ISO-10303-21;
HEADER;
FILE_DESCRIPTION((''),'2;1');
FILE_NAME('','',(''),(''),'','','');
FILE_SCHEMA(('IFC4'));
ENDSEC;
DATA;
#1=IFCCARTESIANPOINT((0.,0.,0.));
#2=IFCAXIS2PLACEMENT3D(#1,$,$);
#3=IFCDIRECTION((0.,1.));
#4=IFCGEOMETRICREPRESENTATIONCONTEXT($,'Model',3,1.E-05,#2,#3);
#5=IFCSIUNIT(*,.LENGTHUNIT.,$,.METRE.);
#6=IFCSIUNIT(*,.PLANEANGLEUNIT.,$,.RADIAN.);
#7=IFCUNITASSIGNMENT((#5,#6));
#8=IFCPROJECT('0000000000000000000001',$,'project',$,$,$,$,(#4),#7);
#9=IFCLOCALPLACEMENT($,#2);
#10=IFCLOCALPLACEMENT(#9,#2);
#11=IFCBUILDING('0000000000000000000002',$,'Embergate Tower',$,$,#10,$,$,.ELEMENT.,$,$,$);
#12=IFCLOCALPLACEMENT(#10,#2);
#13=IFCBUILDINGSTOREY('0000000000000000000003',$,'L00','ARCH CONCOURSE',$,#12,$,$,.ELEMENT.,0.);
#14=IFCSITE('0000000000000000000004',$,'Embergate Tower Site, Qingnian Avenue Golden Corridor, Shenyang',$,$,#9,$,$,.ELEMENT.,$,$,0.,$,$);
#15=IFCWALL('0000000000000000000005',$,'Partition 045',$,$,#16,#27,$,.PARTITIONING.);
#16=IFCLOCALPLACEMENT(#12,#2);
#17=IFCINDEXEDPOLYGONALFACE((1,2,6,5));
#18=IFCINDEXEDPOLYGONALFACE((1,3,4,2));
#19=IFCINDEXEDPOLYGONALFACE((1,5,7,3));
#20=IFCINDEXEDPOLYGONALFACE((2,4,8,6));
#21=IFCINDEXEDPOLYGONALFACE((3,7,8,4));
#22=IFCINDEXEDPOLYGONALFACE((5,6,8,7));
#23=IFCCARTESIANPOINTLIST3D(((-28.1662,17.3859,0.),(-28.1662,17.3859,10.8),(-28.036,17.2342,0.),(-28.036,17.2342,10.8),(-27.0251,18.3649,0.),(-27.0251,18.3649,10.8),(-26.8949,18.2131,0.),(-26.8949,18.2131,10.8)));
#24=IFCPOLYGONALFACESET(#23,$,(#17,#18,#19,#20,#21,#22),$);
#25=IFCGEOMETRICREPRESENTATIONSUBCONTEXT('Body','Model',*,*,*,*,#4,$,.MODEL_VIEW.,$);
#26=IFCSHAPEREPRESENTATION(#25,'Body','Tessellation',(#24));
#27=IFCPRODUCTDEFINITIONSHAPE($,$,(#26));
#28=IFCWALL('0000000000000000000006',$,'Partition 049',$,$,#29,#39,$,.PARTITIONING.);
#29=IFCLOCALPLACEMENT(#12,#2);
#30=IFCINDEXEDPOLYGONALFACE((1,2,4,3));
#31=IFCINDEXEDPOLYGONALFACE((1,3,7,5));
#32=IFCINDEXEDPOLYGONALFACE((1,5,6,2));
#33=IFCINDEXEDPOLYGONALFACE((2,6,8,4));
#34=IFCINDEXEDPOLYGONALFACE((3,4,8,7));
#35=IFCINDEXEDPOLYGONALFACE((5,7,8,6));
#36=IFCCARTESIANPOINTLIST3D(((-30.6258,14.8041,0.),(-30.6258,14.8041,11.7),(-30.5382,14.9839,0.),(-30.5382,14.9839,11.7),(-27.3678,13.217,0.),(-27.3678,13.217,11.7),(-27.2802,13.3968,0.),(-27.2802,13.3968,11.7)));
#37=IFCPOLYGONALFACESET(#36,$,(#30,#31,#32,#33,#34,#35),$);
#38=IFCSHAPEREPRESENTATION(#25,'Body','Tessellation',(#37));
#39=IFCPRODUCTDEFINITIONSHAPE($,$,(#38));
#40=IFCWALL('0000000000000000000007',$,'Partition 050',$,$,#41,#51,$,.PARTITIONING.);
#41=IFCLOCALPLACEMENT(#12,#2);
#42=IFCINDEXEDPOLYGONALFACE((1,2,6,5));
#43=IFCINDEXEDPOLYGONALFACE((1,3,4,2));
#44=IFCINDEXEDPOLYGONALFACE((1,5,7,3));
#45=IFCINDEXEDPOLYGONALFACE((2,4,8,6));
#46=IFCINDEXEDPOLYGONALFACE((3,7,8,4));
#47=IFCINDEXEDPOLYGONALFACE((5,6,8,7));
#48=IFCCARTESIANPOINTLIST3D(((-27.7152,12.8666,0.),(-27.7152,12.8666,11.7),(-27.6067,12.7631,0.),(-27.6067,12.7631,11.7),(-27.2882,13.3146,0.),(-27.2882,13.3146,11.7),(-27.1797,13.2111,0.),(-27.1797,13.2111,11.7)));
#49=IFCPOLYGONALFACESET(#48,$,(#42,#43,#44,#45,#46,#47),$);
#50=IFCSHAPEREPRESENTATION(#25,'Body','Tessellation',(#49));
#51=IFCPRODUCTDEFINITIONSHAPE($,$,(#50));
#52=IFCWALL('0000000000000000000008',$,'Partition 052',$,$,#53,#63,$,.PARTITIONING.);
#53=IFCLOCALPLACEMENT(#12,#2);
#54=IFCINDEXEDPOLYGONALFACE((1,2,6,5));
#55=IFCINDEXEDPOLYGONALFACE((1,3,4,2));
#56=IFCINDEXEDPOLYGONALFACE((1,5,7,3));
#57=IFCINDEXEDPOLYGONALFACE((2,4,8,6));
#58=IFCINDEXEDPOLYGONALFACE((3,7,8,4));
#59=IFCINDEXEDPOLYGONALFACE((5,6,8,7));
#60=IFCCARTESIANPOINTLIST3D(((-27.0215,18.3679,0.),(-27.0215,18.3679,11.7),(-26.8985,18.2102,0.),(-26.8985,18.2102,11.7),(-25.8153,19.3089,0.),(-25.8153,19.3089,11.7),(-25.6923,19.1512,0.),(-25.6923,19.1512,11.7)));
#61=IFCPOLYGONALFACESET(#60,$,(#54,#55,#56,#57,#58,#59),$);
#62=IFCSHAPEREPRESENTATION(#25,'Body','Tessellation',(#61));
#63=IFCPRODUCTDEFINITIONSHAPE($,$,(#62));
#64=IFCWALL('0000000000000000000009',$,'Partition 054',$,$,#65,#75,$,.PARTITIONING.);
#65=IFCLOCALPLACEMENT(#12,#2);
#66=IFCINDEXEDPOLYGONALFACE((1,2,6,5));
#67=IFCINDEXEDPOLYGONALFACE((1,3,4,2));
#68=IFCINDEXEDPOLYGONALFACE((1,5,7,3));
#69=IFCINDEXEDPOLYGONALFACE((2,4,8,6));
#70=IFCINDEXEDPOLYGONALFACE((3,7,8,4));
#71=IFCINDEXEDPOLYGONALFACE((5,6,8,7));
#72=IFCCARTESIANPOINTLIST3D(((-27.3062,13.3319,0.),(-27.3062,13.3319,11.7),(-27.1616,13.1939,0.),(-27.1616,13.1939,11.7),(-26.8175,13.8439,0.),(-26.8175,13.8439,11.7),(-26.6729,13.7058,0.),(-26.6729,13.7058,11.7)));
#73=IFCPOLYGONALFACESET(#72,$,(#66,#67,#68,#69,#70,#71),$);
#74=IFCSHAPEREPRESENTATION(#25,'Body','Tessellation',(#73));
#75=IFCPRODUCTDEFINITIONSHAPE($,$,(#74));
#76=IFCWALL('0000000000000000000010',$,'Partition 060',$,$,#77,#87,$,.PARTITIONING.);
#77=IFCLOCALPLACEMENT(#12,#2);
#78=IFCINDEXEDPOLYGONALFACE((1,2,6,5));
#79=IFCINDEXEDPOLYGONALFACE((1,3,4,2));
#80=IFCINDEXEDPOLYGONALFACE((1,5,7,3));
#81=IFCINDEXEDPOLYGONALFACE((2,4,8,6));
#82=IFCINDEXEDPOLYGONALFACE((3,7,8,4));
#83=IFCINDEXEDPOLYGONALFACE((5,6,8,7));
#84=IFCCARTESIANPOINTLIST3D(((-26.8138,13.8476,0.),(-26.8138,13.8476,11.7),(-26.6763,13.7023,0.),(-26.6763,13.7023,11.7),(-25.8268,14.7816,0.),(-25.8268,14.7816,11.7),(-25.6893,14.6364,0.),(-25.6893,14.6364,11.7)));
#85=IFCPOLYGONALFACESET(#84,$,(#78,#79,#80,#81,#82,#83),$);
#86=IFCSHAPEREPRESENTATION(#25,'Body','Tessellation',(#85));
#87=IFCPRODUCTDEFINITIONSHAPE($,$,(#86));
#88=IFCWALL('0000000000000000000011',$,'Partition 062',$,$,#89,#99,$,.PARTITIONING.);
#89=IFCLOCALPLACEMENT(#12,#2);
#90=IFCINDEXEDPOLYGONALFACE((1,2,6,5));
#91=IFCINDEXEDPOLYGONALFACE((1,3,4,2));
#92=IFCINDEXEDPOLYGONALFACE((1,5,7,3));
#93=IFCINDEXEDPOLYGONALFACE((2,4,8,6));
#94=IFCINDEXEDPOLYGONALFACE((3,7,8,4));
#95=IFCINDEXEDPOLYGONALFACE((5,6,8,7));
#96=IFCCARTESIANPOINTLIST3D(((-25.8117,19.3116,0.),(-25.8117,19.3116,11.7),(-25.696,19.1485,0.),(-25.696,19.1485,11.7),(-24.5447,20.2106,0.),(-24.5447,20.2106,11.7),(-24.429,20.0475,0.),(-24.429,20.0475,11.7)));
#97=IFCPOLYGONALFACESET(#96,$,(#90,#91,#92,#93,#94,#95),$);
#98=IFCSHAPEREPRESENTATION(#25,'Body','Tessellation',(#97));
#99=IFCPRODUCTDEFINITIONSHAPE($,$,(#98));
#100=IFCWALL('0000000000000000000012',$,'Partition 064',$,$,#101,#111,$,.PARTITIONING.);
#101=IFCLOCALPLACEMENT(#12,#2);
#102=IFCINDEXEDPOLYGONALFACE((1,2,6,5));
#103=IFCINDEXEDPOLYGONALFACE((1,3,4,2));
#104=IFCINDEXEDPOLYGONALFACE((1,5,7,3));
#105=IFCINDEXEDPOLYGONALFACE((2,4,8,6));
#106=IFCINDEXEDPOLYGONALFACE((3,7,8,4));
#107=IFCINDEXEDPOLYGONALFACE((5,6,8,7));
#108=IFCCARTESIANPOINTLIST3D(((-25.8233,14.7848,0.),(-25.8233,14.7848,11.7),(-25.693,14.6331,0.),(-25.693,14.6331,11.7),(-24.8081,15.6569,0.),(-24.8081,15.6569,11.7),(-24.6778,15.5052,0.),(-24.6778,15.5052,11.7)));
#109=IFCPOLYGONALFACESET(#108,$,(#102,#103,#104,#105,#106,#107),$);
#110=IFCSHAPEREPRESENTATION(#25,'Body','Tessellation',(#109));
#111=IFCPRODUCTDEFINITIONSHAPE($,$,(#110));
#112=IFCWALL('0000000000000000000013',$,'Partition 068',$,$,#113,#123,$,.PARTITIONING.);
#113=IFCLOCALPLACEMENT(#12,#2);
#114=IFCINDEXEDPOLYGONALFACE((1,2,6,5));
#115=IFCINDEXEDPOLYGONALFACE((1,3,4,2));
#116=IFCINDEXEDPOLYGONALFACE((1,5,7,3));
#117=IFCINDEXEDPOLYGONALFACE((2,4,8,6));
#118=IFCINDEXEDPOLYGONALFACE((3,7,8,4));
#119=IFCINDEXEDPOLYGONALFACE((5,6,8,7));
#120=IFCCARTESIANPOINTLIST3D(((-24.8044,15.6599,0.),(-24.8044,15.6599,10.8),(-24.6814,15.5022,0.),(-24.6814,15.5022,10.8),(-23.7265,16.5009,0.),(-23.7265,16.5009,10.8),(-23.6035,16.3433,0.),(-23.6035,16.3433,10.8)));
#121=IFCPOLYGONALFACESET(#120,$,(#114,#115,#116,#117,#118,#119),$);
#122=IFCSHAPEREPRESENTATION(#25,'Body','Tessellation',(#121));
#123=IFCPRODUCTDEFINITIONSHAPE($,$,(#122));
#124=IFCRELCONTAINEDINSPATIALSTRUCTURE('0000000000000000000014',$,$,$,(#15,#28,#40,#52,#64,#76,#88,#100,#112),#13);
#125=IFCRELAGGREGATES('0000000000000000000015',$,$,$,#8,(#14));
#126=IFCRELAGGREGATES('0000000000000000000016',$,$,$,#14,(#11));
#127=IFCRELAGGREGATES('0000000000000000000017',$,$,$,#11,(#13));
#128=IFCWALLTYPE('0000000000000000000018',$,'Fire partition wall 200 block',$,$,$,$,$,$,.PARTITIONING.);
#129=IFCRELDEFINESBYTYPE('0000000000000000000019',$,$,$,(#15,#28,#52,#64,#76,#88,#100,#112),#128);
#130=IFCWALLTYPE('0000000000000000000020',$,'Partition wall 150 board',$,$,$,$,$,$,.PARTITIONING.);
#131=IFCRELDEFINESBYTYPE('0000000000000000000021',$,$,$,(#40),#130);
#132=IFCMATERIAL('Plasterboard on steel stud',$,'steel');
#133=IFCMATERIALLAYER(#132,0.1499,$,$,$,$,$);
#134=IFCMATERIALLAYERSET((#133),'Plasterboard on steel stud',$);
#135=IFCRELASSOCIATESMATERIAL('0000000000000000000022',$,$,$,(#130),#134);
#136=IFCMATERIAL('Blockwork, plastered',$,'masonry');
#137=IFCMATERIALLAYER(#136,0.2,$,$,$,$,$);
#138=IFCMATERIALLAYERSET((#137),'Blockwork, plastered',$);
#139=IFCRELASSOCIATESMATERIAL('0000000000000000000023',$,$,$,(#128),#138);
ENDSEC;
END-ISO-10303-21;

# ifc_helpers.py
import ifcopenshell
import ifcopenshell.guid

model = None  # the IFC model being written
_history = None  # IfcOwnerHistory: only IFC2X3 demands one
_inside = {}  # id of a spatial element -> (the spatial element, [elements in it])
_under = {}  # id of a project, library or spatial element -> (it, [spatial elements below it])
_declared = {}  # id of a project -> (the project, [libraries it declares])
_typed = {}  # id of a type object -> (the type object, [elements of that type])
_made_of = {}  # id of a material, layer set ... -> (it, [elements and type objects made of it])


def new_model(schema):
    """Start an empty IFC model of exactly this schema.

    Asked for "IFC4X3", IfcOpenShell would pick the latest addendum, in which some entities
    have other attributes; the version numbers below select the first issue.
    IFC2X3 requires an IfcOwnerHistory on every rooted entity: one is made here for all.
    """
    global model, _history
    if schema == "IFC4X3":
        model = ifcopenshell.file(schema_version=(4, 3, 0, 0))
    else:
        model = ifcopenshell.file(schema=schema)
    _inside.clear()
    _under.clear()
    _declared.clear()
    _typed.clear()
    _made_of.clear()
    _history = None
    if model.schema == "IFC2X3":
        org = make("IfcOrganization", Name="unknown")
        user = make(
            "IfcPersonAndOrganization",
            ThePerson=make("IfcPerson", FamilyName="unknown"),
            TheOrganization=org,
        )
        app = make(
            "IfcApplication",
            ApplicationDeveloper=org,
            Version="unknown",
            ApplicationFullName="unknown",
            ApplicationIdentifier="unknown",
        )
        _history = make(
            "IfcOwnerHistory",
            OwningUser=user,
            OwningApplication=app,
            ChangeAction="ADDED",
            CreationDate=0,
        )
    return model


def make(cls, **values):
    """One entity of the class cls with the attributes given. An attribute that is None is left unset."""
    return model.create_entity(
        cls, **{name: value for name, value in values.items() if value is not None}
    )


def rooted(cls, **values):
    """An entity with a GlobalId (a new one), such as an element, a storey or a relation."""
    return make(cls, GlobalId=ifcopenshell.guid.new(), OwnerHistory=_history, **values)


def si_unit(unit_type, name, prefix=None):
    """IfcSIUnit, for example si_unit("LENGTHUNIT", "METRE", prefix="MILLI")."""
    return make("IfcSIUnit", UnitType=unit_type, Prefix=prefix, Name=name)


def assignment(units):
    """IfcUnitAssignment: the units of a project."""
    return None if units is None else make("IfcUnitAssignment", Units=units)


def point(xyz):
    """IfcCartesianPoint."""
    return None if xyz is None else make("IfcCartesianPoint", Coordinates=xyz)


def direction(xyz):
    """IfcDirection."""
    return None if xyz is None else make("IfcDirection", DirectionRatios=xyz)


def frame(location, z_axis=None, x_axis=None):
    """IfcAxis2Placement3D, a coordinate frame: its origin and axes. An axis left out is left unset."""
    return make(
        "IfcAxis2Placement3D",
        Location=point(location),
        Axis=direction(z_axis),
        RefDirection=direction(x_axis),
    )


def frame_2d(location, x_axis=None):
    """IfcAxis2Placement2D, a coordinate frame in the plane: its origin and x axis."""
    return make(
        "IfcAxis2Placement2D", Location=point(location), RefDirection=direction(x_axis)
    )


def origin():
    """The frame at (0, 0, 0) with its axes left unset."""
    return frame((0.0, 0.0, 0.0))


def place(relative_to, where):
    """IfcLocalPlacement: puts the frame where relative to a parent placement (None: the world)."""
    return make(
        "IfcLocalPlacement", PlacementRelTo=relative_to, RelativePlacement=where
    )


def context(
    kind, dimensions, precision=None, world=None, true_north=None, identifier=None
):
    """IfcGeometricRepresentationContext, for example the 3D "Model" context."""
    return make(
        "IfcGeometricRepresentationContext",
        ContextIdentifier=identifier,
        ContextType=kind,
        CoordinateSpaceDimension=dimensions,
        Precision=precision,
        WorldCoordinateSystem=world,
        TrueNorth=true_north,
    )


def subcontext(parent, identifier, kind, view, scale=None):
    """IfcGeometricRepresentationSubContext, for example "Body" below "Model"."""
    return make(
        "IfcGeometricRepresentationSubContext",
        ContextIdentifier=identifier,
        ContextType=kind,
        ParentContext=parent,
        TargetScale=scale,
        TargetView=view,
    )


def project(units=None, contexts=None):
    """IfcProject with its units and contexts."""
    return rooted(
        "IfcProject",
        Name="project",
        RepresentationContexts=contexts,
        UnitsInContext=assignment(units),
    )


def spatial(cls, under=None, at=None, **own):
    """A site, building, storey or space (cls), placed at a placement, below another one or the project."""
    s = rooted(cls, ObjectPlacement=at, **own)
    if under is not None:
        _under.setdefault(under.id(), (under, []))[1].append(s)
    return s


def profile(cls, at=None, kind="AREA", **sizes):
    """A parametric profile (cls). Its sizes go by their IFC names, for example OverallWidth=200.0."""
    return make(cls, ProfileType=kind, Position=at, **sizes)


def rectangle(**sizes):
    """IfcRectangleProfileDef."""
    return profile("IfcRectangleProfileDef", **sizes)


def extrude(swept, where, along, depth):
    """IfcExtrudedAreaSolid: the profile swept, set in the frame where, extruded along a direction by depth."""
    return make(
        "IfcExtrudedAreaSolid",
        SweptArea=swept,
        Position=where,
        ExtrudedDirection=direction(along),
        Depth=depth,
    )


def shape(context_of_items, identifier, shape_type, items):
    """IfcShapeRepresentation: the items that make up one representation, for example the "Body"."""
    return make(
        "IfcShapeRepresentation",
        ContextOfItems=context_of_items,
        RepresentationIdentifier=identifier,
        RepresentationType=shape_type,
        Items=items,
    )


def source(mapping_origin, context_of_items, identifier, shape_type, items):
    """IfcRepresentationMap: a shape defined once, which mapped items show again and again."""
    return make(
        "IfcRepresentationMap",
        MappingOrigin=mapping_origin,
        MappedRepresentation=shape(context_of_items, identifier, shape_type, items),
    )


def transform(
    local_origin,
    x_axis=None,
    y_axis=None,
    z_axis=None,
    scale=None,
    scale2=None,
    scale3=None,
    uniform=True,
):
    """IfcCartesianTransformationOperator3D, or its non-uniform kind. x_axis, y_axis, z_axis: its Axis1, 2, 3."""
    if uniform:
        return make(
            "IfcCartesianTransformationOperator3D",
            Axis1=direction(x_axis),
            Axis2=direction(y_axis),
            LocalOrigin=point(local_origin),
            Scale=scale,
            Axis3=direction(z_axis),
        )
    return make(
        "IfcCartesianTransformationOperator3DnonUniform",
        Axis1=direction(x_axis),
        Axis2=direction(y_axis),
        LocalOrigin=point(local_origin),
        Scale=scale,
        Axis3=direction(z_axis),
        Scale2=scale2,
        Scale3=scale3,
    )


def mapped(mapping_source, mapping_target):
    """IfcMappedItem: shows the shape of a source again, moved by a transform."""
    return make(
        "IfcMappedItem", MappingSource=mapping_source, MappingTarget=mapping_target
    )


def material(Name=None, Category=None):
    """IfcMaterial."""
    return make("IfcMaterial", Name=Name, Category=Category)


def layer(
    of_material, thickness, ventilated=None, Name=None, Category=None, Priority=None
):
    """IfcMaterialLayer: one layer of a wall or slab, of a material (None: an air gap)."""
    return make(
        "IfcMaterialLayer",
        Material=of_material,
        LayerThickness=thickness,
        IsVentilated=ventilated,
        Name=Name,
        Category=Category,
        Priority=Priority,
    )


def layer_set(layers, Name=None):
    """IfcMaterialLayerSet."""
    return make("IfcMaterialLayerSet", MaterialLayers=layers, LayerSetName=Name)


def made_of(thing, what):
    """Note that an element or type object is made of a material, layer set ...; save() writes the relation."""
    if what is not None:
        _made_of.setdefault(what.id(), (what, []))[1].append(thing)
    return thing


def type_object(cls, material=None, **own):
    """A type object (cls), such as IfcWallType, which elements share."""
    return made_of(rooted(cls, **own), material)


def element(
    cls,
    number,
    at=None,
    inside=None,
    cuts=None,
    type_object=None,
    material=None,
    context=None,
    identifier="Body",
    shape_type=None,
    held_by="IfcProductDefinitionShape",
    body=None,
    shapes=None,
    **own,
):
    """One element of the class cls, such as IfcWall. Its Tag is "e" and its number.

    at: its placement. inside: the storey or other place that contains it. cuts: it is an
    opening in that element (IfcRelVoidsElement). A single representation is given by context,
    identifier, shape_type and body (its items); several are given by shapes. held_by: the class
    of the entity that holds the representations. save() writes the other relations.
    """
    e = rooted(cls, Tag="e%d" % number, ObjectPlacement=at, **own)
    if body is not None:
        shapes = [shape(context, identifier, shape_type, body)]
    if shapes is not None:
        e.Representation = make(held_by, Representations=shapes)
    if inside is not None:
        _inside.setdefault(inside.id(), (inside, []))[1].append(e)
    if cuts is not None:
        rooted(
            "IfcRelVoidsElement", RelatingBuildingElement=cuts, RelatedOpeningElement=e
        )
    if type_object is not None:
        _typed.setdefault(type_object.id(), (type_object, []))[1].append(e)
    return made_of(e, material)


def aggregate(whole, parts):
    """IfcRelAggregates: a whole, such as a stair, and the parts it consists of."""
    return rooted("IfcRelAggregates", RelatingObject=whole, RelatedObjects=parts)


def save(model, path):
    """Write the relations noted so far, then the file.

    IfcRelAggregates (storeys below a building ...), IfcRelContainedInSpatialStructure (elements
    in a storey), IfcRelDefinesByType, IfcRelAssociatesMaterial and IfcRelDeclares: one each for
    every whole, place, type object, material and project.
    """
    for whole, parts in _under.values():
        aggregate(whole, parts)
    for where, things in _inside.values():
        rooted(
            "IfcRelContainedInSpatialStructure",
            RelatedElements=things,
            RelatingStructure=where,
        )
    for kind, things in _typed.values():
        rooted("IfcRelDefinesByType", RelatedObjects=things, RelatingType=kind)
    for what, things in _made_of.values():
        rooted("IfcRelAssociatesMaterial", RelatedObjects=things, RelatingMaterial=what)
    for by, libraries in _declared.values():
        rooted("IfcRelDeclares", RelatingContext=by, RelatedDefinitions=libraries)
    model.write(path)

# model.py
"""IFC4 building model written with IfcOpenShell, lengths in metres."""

from ifc_helpers import new_model, si_unit, direction, frame, frame_2d, origin, place, context, subcontext, project, spatial, rectangle, extrude, source, transform, mapped, material, layer, layer_set, type_object, element, save


model = new_model("IFC4")

# Units and contexts
model_context = context("Model", 3, precision=1e-05, world=origin(), true_north=direction((0.0, 1.0)))
body_context = subcontext(model_context, "Body", "Model", "MODEL_VIEW")
ifc_project = project(units=[si_unit("LENGTHUNIT", "METRE"), si_unit("PLANEANGLEUNIT", "RADIAN")], contexts=[model_context])

# Site, building, storey
site_placement = place(None, origin())
site = spatial("IfcSite", under=ifc_project, at=site_placement, Name="Embergate Tower Site, Qingnian Avenue Golden Corridor, Shenyang", CompositionType="ELEMENT", RefElevation=0.0)
building_placement = place(site_placement, origin())
building = spatial("IfcBuilding", under=site, at=building_placement, Name="Embergate Tower", CompositionType="ELEMENT")
storey_placement = place(building_placement, origin())
storey = spatial("IfcBuildingStorey", under=building, at=storey_placement, Name="L00", Description="ARCH CONCOURSE", CompositionType="ELEMENT", Elevation=0.0)

# Walls
ifc_material_1 = material(Name="Plasterboard on steel stud", Category="steel")
ifc_layer_1 = layer(ifc_material_1, 0.1499)
ifc_layer_set_1 = layer_set([ifc_layer_1], Name="Plasterboard on steel stud")
wall_type_1 = type_object("IfcWallType", Name="Partition wall 150 board", PredefinedType="PARTITIONING", material=ifc_layer_set_1)
ifc_material_2 = material(Name="Blockwork, plastered", Category="masonry")
ifc_layer_2 = layer(ifc_material_2, 0.2)
ifc_layer_set_2 = layer_set([ifc_layer_2], Name="Blockwork, plastered")
wall_type_2 = type_object("IfcWallType", Name="Fire partition wall 200 block", PredefinedType="PARTITIONING", material=ifc_layer_set_2)
shared_shape_1 = source(origin(), body_context, "Body", "SweptSolid", [
    extrude(rectangle(XDim=1.5034, YDim=0.2, at=frame_2d((0.7517, 0.0))), origin(), (0.0, 0.0, 1.0), 10.8),
])
wall_1_placement = place(storey_placement, frame((-28.1011, 17.3101, 0.0), z_axis=(0.0, 0.0, 1.0), x_axis=(0.758959, 0.651139, 0.0)))
element("IfcWall", 1, at=wall_1_placement, inside=storey, type_object=wall_type_2, Name="Partition 045", PredefinedType="PARTITIONING", context=body_context, shape_type="MappedRepresentation", body=[
    mapped(shared_shape_1, transform((0.0, 0.0, 0.0))),
])
shared_shape_2 = source(origin(), body_context, "Body", "SweptSolid", [
    extrude(rectangle(XDim=3.624, YDim=0.2, at=frame_2d((1.812, 0.0))), origin(), (0.0, 0.0, 1.0), 11.7),
])
wall_2_placement = place(storey_placement, frame((-27.324, 13.3069, 0.0), z_axis=(0.0, 0.0, 1.0), x_axis=(-0.899001, 0.437947, 0.0)))
element("IfcWall", 2, at=wall_2_placement, inside=storey, type_object=wall_type_2, Name="Partition 049", PredefinedType="PARTITIONING", context=body_context, shape_type="MappedRepresentation", body=[
    mapped(shared_shape_2, transform((0.0, 0.0, 0.0))),
])
shared_shape_3 = source(origin(), body_context, "Body", "SweptSolid", [
    extrude(rectangle(XDim=0.6189, YDim=0.1499, at=frame_2d((0.3096, 0.0))), origin(), (0.0, 0.0, 1.0), 11.7),
])
wall_3_placement = place(storey_placement, frame((-27.2339, 13.2629, 0.0), z_axis=(0.0, 0.0, 1.0), x_axis=(-0.689941, -0.723866, 0.0)))
element("IfcWall", 3, at=wall_3_placement, inside=storey, type_object=wall_type_1, Name="Partition 050", PredefinedType="PARTITIONING", context=body_context, shape_type="MappedRepresentation", body=[
    mapped(shared_shape_3, transform((0.0, 0.0, 0.0))),
])
shared_shape_4 = source(origin(), body_context, "Body", "SweptSolid", [
    extrude(rectangle(XDim=1.5298, YDim=0.2, at=frame_2d((0.7649, 0.0))), origin(), (0.0, 0.0, 1.0), 11.7),
])
wall_4_placement = place(storey_placement, frame((-26.96, 18.2891, 0.0), z_axis=(0.0, 0.0, 1.0), x_axis=(0.78844, 0.615111, 0.0)))
element("IfcWall", 4, at=wall_4_placement, inside=storey, type_object=wall_type_2, Name="Partition 052", PredefinedType="PARTITIONING", context=body_context, shape_type="MappedRepresentation", body=[
    mapped(shared_shape_4, transform((0.0, 0.0, 0.0))),
])
shared_shape_5 = source(origin(), body_context, "Body", "SweptSolid", [
    extrude(rectangle(XDim=0.7078, YDim=0.2, at=frame_2d((0.354, 0.0))), origin(), (0.0, 0.0, 1.0), 11.7),
])
wall_5_placement = place(storey_placement, frame((-26.7451, 13.7749, 0.0), z_axis=(0.0, 0.0, 1.0), x_axis=(-0.690533, -0.723301, 0.0)))
element("IfcWall", 5, at=wall_5_placement, inside=storey, type_object=wall_type_2, Name="Partition 054", PredefinedType="PARTITIONING", context=body_context, shape_type="MappedRepresentation", body=[
    mapped(shared_shape_5, transform((0.0, 0.0, 0.0))),
])
shared_shape_6 = source(origin(), body_context, "Body", "SweptSolid", [
    extrude(rectangle(XDim=1.3589, YDim=0.2, at=frame_2d((0.6794, 0.0))), origin(), (0.0, 0.0, 1.0), 11.7),
])
wall_6_placement = place(storey_placement, frame((-25.7581, 14.709, 0.0), z_axis=(0.0, 0.0, 1.0), x_axis=(-0.72633, -0.687346, 0.0)))
element("IfcWall", 6, at=wall_6_placement, inside=storey, type_object=wall_type_2, Name="Partition 060", PredefinedType="PARTITIONING", context=body_context, shape_type="MappedRepresentation", body=[
    mapped(shared_shape_6, transform((0.0, 0.0, 0.0))),
])
shared_shape_7 = source(origin(), body_context, "Body", "SweptSolid", [
    extrude(rectangle(XDim=1.5535, YDim=0.2, at=frame_2d((0.7769, 0.0))), origin(), (0.0, 0.0, 1.0), 11.7),
])
wall_7_placement = place(storey_placement, frame((-25.7539, 19.23, 0.0), z_axis=(0.0, 0.0, 1.0), x_axis=(0.815545, 0.578693, 0.0)))
element("IfcWall", 7, at=wall_7_placement, inside=storey, type_object=wall_type_2, Name="Partition 062", PredefinedType="PARTITIONING", context=body_context, shape_type="MappedRepresentation", body=[
    mapped(shared_shape_7, transform((0.0, 0.0, 0.0))),
])
shared_shape_8 = source(origin(), body_context, "Body", "SweptSolid", [
    extrude(rectangle(XDim=1.3384, YDim=0.2, at=frame_2d((0.6692, 0.0))), origin(), (0.0, 0.0, 1.0), 11.7),
])
wall_8_placement = place(storey_placement, frame((-24.7429, 15.5811, 0.0), z_axis=(0.0, 0.0, 1.0), x_axis=(-0.758535, -0.651632, 0.0)))
element("IfcWall", 8, at=wall_8_placement, inside=storey, type_object=wall_type_2, Name="Partition 064", PredefinedType="PARTITIONING", context=body_context, shape_type="MappedRepresentation", body=[
    mapped(shared_shape_8, transform((0.0, 0.0, 0.0))),
])
shared_shape_9 = source(origin(), body_context, "Body", "SweptSolid", [
    extrude(rectangle(XDim=1.3672, YDim=0.2, at=frame_2d((0.6836, 0.0))), origin(), (0.0, 0.0, 1.0), 10.8),
])
wall_9_placement = place(storey_placement, frame((-23.665, 16.4221, 0.0), z_axis=(0.0, 0.0, 1.0), x_axis=(-0.78839, -0.615176, 0.0)))
element("IfcWall", 9, at=wall_9_placement, inside=storey, type_object=wall_type_2, Name="Partition 068", PredefinedType="PARTITIONING", context=body_context, shape_type="MappedRepresentation", body=[
    mapped(shared_shape_9, transform((0.0, 0.0, 0.0))),
])

save(model, "model.ifc")
